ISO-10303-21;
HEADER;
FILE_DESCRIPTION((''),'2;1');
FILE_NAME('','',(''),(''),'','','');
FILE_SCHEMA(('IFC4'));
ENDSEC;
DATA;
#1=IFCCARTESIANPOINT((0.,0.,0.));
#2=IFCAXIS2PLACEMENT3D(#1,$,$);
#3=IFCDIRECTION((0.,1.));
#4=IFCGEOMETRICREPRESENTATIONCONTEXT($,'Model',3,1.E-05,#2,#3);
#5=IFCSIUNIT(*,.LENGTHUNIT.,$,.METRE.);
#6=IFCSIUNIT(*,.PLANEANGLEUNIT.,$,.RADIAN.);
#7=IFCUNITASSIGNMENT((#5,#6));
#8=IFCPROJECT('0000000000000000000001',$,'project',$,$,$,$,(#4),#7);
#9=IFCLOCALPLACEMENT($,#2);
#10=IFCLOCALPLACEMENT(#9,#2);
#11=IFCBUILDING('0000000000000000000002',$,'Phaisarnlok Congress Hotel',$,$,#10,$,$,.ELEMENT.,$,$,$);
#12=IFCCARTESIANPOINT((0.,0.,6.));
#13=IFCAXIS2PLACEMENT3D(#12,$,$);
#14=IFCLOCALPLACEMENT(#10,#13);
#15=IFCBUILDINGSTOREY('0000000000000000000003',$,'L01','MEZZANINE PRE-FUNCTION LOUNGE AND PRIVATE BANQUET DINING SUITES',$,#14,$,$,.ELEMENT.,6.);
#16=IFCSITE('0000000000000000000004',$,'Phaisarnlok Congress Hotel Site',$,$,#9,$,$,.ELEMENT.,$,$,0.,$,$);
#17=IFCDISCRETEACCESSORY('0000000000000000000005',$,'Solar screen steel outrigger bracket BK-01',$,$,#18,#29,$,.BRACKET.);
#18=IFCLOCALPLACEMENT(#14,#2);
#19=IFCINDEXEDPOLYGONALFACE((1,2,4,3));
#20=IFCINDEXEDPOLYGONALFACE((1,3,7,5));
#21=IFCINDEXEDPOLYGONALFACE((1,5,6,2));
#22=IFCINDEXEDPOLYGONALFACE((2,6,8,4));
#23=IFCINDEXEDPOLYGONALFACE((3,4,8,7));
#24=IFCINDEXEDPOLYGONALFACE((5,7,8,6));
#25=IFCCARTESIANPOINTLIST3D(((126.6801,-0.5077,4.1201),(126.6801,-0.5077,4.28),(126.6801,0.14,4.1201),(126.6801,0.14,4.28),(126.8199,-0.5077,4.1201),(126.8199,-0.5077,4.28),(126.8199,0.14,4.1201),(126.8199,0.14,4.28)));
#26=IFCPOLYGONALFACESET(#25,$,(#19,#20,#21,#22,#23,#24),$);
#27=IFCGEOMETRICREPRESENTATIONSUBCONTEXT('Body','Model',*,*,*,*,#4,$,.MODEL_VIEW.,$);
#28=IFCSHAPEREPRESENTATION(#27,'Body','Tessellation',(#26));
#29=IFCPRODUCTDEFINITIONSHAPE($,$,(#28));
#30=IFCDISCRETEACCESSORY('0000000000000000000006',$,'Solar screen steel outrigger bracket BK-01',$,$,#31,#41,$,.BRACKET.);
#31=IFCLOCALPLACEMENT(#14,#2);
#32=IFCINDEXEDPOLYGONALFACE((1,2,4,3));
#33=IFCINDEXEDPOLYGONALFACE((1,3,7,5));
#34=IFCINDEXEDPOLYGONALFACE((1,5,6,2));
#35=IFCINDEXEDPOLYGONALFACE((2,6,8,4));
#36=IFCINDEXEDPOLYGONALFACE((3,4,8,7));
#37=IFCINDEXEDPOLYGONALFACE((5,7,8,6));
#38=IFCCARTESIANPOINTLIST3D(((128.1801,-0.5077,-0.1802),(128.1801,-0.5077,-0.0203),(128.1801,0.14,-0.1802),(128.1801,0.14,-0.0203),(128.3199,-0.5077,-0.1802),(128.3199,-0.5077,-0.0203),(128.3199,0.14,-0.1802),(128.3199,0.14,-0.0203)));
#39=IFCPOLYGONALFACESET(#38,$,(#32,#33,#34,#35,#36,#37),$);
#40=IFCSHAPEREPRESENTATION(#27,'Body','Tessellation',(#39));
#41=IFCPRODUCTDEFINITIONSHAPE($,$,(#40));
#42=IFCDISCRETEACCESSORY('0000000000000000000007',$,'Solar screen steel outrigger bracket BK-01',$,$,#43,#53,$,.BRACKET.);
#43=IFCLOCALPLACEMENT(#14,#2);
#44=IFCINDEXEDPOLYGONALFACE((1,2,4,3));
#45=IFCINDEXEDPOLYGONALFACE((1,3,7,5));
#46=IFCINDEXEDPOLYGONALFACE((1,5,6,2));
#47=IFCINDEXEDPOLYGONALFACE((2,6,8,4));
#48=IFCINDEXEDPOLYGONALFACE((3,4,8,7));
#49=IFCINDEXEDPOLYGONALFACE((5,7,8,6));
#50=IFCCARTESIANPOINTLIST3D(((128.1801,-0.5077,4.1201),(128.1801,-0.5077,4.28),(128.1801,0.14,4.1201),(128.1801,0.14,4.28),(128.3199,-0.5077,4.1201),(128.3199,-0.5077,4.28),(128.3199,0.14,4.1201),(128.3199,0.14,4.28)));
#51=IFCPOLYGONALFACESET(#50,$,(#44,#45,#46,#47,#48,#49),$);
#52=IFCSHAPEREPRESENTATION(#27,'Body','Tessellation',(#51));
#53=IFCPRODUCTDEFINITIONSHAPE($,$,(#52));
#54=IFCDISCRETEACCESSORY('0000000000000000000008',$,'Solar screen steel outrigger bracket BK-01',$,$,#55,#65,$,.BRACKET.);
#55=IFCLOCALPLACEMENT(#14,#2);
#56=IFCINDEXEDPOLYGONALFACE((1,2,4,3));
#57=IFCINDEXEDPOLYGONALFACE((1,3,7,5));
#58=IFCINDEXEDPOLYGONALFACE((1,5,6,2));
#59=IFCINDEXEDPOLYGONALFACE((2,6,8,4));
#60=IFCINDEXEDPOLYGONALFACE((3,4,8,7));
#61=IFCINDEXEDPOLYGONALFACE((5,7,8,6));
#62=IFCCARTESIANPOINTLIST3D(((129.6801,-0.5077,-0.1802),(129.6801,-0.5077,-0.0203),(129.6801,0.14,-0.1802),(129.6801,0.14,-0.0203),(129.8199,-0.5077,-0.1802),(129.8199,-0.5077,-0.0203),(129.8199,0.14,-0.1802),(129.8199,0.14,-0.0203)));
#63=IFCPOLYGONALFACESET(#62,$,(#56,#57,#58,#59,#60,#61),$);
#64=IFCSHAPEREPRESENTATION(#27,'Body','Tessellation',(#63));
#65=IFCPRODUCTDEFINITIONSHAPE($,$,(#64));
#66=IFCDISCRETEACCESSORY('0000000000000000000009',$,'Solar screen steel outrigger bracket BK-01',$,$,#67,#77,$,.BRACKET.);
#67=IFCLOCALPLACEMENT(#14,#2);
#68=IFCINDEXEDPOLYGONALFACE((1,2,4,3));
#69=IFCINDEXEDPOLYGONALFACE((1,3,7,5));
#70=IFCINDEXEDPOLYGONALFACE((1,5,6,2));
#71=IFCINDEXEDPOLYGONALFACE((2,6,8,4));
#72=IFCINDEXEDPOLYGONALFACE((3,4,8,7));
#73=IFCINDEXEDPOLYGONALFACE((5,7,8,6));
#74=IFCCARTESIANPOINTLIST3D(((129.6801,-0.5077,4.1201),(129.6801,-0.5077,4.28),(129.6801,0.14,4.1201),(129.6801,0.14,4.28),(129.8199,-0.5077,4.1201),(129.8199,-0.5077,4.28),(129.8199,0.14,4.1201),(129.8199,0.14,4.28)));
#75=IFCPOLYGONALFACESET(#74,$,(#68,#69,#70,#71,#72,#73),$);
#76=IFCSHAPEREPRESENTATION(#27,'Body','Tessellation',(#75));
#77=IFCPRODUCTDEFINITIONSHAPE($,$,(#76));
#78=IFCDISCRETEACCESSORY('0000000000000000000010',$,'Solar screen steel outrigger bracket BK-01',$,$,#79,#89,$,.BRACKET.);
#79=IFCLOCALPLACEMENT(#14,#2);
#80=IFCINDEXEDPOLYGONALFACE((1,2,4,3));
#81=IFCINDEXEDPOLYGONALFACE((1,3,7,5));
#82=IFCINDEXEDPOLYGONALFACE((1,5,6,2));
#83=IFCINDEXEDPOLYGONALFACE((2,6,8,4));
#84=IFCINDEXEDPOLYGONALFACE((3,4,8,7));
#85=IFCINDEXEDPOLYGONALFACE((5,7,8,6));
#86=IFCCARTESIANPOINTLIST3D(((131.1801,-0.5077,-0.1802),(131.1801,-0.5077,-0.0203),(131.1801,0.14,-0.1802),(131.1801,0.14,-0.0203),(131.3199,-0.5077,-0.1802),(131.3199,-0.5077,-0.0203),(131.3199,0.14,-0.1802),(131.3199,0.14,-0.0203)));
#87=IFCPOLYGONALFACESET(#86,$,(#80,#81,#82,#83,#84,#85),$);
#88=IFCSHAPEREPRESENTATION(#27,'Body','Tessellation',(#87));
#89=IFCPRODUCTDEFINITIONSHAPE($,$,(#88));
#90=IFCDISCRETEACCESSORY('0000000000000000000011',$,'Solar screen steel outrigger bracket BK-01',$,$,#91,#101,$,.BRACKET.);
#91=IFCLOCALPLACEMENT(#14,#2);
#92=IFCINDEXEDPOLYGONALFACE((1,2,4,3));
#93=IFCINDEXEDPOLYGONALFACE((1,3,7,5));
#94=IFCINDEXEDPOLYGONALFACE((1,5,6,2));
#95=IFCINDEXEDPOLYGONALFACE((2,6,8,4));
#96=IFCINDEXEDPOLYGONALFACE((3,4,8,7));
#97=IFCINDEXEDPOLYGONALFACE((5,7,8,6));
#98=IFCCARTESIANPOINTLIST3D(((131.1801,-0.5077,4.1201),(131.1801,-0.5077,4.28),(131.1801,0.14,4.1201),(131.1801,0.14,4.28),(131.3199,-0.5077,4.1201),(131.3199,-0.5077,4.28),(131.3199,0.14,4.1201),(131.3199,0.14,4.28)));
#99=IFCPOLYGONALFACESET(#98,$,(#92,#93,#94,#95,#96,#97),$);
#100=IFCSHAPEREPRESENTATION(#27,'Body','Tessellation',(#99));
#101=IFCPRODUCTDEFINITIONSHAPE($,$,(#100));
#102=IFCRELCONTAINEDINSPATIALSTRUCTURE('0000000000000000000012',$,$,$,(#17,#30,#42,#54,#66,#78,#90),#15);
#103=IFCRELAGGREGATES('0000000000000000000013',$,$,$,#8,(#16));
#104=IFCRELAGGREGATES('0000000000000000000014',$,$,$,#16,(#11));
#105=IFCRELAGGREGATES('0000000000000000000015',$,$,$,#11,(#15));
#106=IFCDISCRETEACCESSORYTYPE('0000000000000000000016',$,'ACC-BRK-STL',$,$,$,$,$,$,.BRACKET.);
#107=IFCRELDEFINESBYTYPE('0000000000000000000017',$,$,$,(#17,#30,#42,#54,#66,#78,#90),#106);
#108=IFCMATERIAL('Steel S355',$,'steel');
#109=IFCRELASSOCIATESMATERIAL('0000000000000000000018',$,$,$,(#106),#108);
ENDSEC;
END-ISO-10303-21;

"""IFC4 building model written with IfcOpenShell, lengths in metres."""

from ifc_helpers import new_model, si_unit, direction, frame, origin, origin_2d, place, context, subcontext, project, spatial, rectangle, extrude, material, type_object, element, save


model = new_model("IFC4")

# Units and contexts
model_context = context("Model", 3, precision=1e-05, world=origin(), true_north=direction((0.0, 1.0)))
body_context = subcontext(model_context, "Body", "Model", "MODEL_VIEW")
ifc_project = project(units=[si_unit("LENGTHUNIT", "METRE"), si_unit("PLANEANGLEUNIT", "RADIAN")], contexts=[model_context])

# Site, building, storey
site_placement = place(None, origin())
site = spatial("IfcSite", under=ifc_project, at=site_placement, Name="Phaisarnlok Congress Hotel Site", CompositionType="ELEMENT", RefElevation=0.0)
building_placement = place(site_placement, origin())
building = spatial("IfcBuilding", under=site, at=building_placement, Name="Phaisarnlok Congress Hotel", CompositionType="ELEMENT")
storey_placement = place(building_placement, frame((0.0, 0.0, 6.0)))
storey = spatial("IfcBuildingStorey", under=building, at=storey_placement, Name="L01", Description="MEZZANINE PRE-FUNCTION LOUNGE AND PRIVATE BANQUET DINING SUITES", CompositionType="ELEMENT", Elevation=6.0)

# Discrete accessories
ifc_material_1 = material(Name="Steel S355", Category="steel")
discrete_accessory_type = type_object("IfcDiscreteAccessoryType", Name="ACC-BRK-STL", PredefinedType="BRACKET", material=ifc_material_1)
for number, where, z_axis, x_axis, name in (
    (1, (126.75, -0.1838, 4.1201), (0.0, 0.0, 1.0), (1.0, 0.0, 0.0), "Solar screen steel outrigger bracket BK-01"),
    (2, (128.25, -0.1838, -0.1802), (0.0, 0.0, 1.0), (1.0, 0.0, 0.0), "Solar screen steel outrigger bracket BK-01"),
    (3, (128.25, -0.1838, 4.1201), (0.0, 0.0, 1.0), (1.0, 0.0, 0.0), "Solar screen steel outrigger bracket BK-01"),
    (4, (129.75, -0.1838, -0.1802), (0.0, 0.0, 1.0), (1.0, 0.0, 0.0), "Solar screen steel outrigger bracket BK-01"),
    (5, (129.75, -0.1838, 4.1201), (0.0, 0.0, 1.0), (1.0, 0.0, 0.0), "Solar screen steel outrigger bracket BK-01"),
    (6, (131.25, -0.1838, -0.1802), (0.0, 0.0, 1.0), (1.0, 0.0, 0.0), "Solar screen steel outrigger bracket BK-01"),
    (7, (131.25, -0.1838, 4.1201), (0.0, 0.0, 1.0), (1.0, 0.0, 0.0), "Solar screen steel outrigger bracket BK-01"),
):
    element("IfcDiscreteAccessory", number, at=place(storey_placement, frame(where, z_axis=z_axis, x_axis=x_axis)), inside=storey, type_object=discrete_accessory_type, Name=name, PredefinedType="BRACKET", context=body_context, shape_type="SweptSolid", body=[
        extrude(rectangle(XDim=0.1399, YDim=0.6477, at=origin_2d()), origin(), (0.0, 0.0, 1.0), 0.1599),
    ])

save(model, "model.ifc")
